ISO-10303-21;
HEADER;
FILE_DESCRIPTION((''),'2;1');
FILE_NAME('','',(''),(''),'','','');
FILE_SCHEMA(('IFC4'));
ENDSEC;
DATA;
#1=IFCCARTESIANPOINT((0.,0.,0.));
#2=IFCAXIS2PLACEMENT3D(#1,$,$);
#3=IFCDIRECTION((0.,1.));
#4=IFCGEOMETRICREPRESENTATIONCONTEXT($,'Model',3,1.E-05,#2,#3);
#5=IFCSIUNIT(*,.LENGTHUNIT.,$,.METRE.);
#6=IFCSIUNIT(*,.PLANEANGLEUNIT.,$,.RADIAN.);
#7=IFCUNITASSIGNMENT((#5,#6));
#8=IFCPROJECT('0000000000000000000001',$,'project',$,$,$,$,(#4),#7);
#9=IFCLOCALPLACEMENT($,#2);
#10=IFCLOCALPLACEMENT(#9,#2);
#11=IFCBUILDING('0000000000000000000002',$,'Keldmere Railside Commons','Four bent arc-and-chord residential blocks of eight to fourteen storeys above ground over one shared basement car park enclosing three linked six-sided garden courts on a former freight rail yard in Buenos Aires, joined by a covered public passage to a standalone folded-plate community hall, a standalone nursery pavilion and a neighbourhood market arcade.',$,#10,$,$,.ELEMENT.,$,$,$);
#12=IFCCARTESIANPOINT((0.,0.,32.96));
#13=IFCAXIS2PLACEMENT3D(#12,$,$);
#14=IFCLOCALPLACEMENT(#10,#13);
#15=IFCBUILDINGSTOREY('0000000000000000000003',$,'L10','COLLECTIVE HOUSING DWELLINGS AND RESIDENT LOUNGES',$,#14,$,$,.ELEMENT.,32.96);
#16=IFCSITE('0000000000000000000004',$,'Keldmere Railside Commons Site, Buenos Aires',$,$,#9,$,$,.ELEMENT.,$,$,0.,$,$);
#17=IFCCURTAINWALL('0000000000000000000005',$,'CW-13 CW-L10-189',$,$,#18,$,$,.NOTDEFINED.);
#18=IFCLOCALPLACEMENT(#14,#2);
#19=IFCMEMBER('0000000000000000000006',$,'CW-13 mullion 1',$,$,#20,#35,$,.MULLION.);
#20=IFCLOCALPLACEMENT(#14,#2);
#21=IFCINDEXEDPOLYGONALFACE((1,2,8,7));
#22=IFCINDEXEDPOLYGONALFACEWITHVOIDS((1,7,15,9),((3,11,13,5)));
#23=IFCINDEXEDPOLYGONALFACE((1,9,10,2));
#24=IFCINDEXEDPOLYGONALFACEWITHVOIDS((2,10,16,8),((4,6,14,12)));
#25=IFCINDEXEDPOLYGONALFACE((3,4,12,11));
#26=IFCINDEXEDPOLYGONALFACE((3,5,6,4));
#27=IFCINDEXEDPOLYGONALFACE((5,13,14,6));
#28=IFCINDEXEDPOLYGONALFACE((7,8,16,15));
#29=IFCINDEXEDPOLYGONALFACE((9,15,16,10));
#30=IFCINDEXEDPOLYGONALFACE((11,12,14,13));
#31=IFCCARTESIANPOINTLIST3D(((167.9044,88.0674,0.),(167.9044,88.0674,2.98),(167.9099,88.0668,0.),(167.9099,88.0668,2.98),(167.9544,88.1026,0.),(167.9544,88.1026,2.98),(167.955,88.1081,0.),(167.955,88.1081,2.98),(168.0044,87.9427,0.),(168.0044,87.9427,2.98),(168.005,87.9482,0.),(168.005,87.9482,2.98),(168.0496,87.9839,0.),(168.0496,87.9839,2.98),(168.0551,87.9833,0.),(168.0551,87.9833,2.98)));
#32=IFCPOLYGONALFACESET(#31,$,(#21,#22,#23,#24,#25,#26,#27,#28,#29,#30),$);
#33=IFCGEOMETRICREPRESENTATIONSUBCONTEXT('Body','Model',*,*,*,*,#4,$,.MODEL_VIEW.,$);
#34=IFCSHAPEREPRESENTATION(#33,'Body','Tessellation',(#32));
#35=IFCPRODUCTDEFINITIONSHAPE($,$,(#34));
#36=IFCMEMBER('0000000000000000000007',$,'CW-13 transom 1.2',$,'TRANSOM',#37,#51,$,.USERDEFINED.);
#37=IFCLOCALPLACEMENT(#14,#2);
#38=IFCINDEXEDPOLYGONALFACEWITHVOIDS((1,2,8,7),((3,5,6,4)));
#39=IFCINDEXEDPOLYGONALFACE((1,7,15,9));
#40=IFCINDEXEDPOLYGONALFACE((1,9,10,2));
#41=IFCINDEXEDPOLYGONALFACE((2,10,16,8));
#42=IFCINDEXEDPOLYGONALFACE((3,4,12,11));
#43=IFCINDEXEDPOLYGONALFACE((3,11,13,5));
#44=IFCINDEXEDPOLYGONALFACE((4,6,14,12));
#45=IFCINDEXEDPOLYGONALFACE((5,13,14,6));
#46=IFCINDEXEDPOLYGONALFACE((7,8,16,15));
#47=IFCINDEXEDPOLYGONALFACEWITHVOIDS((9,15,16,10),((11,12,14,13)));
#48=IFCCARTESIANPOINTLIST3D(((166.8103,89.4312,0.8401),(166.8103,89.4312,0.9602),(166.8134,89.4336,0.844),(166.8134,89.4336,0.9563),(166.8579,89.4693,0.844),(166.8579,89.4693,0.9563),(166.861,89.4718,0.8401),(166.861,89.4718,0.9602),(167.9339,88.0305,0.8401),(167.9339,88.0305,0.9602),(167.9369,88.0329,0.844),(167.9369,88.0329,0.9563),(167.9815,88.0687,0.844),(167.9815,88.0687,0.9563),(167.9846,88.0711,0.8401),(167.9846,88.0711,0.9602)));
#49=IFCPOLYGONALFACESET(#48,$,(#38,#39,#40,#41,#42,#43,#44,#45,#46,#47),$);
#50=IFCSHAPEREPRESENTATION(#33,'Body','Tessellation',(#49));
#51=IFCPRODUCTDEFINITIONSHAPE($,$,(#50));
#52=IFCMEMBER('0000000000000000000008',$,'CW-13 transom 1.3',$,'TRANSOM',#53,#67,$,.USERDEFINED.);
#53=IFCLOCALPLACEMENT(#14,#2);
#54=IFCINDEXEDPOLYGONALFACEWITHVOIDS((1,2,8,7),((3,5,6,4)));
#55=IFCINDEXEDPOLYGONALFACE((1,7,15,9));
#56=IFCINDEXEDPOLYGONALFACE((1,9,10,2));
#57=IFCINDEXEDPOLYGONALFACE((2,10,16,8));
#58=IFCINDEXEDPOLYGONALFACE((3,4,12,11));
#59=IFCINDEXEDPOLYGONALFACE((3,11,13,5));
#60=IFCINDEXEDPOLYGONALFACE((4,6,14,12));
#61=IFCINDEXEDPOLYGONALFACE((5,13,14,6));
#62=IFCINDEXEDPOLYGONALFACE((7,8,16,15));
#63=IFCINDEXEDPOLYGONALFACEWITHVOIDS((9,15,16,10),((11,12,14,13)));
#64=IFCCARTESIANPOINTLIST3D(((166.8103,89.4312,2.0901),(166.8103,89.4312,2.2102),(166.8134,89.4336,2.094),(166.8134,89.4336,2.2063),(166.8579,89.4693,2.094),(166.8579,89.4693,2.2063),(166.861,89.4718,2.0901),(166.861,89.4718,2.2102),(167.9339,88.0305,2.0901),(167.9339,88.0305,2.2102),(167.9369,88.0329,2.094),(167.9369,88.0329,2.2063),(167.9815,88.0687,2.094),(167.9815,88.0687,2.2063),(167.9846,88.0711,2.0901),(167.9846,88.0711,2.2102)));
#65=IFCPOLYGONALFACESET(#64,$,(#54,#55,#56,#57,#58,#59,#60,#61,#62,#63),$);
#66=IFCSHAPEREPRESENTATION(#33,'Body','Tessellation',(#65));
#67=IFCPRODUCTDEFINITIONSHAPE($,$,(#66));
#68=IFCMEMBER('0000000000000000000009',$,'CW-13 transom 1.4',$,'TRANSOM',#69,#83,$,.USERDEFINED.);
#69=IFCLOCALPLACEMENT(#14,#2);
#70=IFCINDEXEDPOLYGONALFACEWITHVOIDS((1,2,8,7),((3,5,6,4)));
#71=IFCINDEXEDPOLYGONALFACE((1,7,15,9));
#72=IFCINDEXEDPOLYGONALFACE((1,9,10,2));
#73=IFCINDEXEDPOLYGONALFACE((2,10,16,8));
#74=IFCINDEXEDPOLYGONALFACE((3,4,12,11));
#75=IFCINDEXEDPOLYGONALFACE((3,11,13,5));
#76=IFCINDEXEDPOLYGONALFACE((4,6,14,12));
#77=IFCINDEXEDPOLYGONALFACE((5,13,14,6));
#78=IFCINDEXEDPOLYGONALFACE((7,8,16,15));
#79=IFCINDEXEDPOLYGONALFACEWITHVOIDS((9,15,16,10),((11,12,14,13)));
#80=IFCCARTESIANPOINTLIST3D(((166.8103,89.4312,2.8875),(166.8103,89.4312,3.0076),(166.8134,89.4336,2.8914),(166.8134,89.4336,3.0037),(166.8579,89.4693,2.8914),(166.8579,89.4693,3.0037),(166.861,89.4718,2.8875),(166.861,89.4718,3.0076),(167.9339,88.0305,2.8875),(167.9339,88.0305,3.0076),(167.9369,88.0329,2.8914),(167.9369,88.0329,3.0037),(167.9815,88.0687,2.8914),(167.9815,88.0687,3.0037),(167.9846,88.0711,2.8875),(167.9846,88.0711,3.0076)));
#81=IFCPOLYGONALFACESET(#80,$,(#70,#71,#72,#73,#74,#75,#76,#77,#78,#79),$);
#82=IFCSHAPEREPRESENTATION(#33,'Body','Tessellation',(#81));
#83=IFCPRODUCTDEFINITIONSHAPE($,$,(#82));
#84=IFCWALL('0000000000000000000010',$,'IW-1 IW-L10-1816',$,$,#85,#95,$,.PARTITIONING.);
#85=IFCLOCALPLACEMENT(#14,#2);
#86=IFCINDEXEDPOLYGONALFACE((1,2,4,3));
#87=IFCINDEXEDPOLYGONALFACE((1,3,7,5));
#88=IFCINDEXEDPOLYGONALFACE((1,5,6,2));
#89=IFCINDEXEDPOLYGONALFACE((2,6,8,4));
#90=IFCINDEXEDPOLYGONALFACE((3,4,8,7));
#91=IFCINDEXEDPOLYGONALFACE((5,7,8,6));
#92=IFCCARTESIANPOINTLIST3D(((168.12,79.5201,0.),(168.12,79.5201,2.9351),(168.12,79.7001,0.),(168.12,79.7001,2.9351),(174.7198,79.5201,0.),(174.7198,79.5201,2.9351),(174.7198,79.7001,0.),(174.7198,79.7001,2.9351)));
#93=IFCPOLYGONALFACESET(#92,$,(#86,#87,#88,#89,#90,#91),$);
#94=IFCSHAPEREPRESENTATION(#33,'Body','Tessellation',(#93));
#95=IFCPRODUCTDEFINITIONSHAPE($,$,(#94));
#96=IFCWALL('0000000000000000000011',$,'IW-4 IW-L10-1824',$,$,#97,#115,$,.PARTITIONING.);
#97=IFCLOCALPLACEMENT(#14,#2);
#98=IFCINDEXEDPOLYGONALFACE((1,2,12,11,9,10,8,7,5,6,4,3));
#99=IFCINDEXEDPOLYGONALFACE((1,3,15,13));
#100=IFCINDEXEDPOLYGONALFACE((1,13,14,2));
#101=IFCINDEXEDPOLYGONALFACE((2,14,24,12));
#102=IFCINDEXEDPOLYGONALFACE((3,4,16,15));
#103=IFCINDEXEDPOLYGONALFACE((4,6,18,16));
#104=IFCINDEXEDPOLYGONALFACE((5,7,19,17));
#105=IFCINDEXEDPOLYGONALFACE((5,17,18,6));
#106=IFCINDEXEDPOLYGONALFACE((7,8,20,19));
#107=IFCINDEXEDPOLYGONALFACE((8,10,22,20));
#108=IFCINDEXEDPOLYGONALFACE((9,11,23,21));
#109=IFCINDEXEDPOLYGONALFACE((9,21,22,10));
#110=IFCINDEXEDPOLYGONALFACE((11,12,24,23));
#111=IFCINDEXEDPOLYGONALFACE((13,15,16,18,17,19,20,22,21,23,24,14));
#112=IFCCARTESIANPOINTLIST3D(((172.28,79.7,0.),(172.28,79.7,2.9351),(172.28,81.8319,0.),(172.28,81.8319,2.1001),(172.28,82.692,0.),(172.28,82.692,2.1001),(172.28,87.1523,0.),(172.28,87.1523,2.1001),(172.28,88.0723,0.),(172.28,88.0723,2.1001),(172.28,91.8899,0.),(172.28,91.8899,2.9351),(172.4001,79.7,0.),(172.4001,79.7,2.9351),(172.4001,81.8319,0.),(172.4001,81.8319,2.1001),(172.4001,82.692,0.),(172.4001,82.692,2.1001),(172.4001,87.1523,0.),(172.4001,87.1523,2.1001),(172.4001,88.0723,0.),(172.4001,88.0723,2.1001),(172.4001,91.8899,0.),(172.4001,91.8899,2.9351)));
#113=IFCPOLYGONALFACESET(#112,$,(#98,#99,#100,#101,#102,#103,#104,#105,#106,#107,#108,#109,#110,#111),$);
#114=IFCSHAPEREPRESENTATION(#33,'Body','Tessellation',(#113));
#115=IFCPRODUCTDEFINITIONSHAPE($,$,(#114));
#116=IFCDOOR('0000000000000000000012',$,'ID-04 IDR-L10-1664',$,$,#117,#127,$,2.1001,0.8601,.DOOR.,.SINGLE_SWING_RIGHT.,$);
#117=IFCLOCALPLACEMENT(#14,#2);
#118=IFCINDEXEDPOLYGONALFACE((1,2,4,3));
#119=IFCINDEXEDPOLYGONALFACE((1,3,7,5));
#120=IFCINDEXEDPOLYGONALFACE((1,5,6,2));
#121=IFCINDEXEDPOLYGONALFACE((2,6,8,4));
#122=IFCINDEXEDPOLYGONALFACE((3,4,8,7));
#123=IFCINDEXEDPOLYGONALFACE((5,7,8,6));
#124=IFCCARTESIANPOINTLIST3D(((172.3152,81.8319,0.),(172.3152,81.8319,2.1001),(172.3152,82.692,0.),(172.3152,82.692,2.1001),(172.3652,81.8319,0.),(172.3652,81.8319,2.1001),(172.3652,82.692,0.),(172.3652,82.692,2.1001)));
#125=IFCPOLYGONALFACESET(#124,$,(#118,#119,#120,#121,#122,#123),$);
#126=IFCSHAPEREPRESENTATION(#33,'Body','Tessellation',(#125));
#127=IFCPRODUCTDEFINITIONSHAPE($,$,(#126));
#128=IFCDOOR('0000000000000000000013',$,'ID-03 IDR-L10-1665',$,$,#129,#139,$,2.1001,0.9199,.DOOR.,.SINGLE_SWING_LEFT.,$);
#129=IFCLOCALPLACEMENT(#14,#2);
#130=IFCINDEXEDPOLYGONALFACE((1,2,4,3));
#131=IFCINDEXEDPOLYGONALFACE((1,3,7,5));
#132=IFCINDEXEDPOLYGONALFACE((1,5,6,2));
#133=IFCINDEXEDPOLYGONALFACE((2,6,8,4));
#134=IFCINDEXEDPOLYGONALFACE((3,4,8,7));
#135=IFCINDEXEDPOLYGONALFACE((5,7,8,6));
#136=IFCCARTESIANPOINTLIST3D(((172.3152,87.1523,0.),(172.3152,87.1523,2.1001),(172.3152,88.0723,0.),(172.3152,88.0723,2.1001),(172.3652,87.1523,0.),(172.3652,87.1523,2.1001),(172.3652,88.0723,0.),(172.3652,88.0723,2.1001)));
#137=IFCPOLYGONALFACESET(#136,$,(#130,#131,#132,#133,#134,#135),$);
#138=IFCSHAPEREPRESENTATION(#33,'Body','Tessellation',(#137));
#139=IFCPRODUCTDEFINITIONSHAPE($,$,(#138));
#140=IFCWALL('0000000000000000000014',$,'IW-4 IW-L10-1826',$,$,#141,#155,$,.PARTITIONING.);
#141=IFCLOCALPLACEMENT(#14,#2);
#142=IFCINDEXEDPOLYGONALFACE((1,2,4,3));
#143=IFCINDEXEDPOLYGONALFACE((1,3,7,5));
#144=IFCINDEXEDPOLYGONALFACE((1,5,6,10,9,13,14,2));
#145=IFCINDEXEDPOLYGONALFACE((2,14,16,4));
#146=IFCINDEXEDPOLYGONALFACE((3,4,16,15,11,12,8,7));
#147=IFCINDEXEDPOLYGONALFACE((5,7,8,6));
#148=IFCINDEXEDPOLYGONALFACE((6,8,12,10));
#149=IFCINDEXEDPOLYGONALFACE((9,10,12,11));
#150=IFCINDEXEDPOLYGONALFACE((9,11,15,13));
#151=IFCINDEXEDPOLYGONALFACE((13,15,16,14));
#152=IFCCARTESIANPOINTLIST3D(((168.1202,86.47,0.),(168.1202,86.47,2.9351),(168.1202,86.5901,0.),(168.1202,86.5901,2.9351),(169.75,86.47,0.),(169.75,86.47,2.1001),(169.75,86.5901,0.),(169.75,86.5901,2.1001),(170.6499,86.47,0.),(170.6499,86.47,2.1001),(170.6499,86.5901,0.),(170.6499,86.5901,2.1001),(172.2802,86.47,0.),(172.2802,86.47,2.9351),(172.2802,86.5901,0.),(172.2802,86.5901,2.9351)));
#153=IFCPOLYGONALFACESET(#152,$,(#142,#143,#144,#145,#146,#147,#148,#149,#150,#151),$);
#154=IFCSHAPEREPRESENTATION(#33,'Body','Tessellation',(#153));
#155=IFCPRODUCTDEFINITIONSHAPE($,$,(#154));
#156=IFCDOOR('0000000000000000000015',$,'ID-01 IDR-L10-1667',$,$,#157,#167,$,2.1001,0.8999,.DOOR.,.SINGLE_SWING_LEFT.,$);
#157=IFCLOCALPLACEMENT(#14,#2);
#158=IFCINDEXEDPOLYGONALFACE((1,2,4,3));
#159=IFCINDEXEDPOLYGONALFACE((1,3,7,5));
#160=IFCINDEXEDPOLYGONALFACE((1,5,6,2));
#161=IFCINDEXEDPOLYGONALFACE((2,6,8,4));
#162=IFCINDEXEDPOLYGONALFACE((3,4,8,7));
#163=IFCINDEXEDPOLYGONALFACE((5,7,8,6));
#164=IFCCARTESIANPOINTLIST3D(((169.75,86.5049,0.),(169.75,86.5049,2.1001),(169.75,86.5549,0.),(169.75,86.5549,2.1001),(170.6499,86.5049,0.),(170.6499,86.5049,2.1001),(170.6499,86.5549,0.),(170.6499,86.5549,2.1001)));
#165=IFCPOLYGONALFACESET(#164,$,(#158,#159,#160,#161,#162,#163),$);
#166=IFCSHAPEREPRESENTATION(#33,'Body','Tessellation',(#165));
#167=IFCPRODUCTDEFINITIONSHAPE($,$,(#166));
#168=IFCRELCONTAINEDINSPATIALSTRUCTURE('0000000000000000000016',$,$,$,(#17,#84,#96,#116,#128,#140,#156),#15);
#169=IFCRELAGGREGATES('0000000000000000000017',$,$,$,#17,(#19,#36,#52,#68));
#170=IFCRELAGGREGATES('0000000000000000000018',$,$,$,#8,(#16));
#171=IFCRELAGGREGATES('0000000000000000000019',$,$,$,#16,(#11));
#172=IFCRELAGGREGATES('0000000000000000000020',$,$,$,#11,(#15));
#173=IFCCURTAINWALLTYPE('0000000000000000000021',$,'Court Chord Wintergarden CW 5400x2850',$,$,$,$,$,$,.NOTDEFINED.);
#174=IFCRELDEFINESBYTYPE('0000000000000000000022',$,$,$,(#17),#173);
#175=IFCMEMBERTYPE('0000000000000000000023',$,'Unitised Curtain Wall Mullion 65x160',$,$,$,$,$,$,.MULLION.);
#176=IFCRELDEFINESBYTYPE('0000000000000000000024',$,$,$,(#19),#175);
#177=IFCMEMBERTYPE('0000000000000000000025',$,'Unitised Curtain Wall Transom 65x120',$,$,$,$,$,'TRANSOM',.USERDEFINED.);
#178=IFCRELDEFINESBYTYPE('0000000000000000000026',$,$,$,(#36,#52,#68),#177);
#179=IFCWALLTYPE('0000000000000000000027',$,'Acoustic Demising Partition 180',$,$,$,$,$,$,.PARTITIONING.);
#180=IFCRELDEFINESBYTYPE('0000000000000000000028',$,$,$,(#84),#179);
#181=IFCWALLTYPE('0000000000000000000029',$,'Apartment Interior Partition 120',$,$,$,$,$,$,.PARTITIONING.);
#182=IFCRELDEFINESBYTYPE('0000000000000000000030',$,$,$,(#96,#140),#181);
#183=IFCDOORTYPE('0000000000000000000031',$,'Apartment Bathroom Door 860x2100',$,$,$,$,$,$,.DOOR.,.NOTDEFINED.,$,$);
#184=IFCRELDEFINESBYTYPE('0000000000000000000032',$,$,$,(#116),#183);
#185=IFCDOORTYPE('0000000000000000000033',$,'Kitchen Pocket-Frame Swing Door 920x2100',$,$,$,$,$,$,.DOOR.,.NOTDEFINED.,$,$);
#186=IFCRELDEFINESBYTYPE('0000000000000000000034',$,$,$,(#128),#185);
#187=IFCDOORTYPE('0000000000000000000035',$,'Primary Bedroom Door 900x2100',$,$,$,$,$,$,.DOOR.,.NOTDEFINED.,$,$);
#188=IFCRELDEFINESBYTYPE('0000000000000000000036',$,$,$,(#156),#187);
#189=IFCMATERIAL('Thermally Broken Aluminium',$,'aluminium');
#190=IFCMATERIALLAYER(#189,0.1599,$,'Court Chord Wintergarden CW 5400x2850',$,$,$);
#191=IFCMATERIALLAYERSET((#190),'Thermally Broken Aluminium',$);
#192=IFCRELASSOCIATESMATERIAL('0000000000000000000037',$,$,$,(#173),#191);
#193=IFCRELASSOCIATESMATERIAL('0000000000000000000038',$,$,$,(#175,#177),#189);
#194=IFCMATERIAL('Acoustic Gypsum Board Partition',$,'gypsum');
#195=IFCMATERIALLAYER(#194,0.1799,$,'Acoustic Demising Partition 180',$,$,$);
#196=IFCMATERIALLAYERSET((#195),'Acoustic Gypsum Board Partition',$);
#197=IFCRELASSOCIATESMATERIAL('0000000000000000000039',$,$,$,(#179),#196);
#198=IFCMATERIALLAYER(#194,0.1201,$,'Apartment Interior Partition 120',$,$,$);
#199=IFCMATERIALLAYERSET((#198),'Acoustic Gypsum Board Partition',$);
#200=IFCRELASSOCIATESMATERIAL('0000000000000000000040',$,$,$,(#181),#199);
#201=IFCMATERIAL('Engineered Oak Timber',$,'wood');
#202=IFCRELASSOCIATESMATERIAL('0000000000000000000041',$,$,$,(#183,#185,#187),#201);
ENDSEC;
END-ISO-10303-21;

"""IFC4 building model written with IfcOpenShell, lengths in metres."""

from ifc_helpers import new_model, si_unit, direction, frame, frame_2d, origin, origin_2d, place, context, subcontext, project, spatial, rectangle, hollow_rectangle, extrude, material, layer, layer_set, material_profile, profile_set, type_object, element, fill, aggregate, save


model = new_model("IFC4")

# Units and contexts
model_context = context("Model", 3, precision=1e-05, world=origin(), true_north=direction((0.0, 1.0)))
body_context = subcontext(model_context, "Body", "Model", "MODEL_VIEW")
ifc_project = project(units=[si_unit("LENGTHUNIT", "METRE"), si_unit("PLANEANGLEUNIT", "RADIAN")], contexts=[model_context])

# Site, building, storey
site_placement = place(None, origin())
site = spatial("IfcSite", under=ifc_project, at=site_placement, Name="Keldmere Railside Commons Site, Buenos Aires", CompositionType="ELEMENT", RefElevation=0.0)
building_placement = place(site_placement, origin())
building = spatial("IfcBuilding", under=site, at=building_placement, Name="Keldmere Railside Commons", Description="Four bent arc-and-chord residential blocks of eight to fourteen storeys above ground over one shared basement car park enclosing three linked six-sided garden courts on a former freight rail yard in Buenos Aires, joined by a covered public passage to a standalone folded-plate community hall, a standalone nursery pavilion and a neighbourhood market arcade.", CompositionType="ELEMENT")
storey_placement = place(building_placement, frame((0.0, 0.0, 32.96)))
storey = spatial("IfcBuildingStorey", under=building, at=storey_placement, Name="L10", Description="COLLECTIVE HOUSING DWELLINGS AND RESIDENT LOUNGES", CompositionType="ELEMENT", Elevation=32.96)

# Curtain wall, members
ifc_material_1 = material(Name="Thermally Broken Aluminium", Category="aluminium")
ifc_layer_1 = layer(ifc_material_1, 0.1599, Name="Court Chord Wintergarden CW 5400x2850")
ifc_layer_set_1 = layer_set([ifc_layer_1], Name="Thermally Broken Aluminium")
curtain_wall_type = type_object("IfcCurtainWallType", Name="Court Chord Wintergarden CW 5400x2850", PredefinedType="NOTDEFINED", material=ifc_layer_set_1)
curtain_wall_placement = place(storey_placement, origin())
curtain_wall = element("IfcCurtainWall", 1, at=curtain_wall_placement, inside=storey, type_object=curtain_wall_type, Name="CW-13 CW-L10-189", PredefinedType="NOTDEFINED")
ifc_material_profile_1 = material_profile(ifc_material_1, hollow_rectangle(XDim=0.0649, YDim=0.1599, WallThickness=0.0039, at=origin_2d()), Name="ALU-MULL-65x160")
ifc_profile_set_1 = profile_set([ifc_material_profile_1], Name="Thermally Broken Aluminium")
member_type_1 = type_object("IfcMemberType", Name="Unitised Curtain Wall Mullion 65x160", PredefinedType="MULLION", material=ifc_profile_set_1)
member_1_placement = place(storey_placement, frame((167.9797, 88.0254, 0.0), z_axis=(0.0, 0.0, 1.0), x_axis=(-0.780009, -0.625768, 0.0)))
member_1 = element("IfcMember", 2, at=member_1_placement, type_object=member_type_1, Name="CW-13 mullion 1", PredefinedType="MULLION", context=body_context, shape_type="SweptSolid", body=[
    extrude(hollow_rectangle(XDim=0.0649, YDim=0.1599, WallThickness=0.0039, at=origin_2d()), origin(), (0.0, 0.0, 1.0), 2.98),
])
ifc_material_profile_2 = material_profile(ifc_material_1, hollow_rectangle(XDim=0.0649, YDim=0.1201, WallThickness=0.0039, at=origin_2d()), Name="ALU-TRAN-65x120")
ifc_profile_set_2 = profile_set([ifc_material_profile_2], Name="Thermally Broken Aluminium")
member_type_2 = type_object("IfcMemberType", Name="Unitised Curtain Wall Transom 65x120", ElementType="TRANSOM", PredefinedType="USERDEFINED", material=ifc_profile_set_2)
member_2_placement = place(storey_placement, frame((167.9592, 88.0508, 0.9001), z_axis=(-0.625723, 0.780046, 0.0), x_axis=(-0.780046, -0.625723, 0.0)))
member_2 = element("IfcMember", 3, at=member_2_placement, type_object=member_type_2, Name="CW-13 transom 1.2", ObjectType="TRANSOM", PredefinedType="USERDEFINED", context=body_context, shape_type="SweptSolid", body=[
    extrude(hollow_rectangle(XDim=0.0649, YDim=0.1201, WallThickness=0.0039, at=origin_2d()), origin(), (0.0, 0.0, 1.0), 1.7957),
])
member_3_placement = place(storey_placement, frame((167.9592, 88.0508, 2.1501), z_axis=(-0.625723, 0.780046, 0.0), x_axis=(-0.780046, -0.625723, 0.0)))
member_3 = element("IfcMember", 4, at=member_3_placement, type_object=member_type_2, Name="CW-13 transom 1.3", ObjectType="TRANSOM", PredefinedType="USERDEFINED", context=body_context, shape_type="SweptSolid", body=[
    extrude(hollow_rectangle(XDim=0.0649, YDim=0.1201, WallThickness=0.0039, at=origin_2d()), origin(), (0.0, 0.0, 1.0), 1.7957),
])
member_4_placement = place(storey_placement, frame((167.9592, 88.0508, 2.9475), z_axis=(-0.625723, 0.780046, 0.0), x_axis=(-0.780046, -0.625723, 0.0)))
member_4 = element("IfcMember", 5, at=member_4_placement, type_object=member_type_2, Name="CW-13 transom 1.4", ObjectType="TRANSOM", PredefinedType="USERDEFINED", context=body_context, shape_type="SweptSolid", body=[
    extrude(hollow_rectangle(XDim=0.0649, YDim=0.1201, WallThickness=0.0039, at=origin_2d()), origin(), (0.0, 0.0, 1.0), 1.7957),
])
aggregate(curtain_wall, [member_1, member_2, member_3, member_4])

# Wall
ifc_material_2 = material(Name="Acoustic Gypsum Board Partition", Category="gypsum")
ifc_layer_2 = layer(ifc_material_2, 0.1799, Name="Acoustic Demising Partition 180")
ifc_layer_set_2 = layer_set([ifc_layer_2], Name="Acoustic Gypsum Board Partition")
wall_type_1 = type_object("IfcWallType", Name="Acoustic Demising Partition 180", PredefinedType="PARTITIONING", material=ifc_layer_set_2)
wall_1_placement = place(storey_placement, frame((168.1201, 79.6101, 0.0), z_axis=(0.0, 0.0, 1.0), x_axis=(1.0, 0.0, 0.0)))
element("IfcWall", 6, at=wall_1_placement, inside=storey, type_object=wall_type_1, Name="IW-1 IW-L10-1816", PredefinedType="PARTITIONING", context=body_context, shape_type="SweptSolid", body=[
    extrude(rectangle(XDim=6.5999, YDim=0.1799, at=frame_2d((3.2998, 0.0))), origin(), (0.0, 0.0, 1.0), 2.9351),
])

# Wall, openings, doors
ifc_layer_3 = layer(ifc_material_2, 0.1201, Name="Apartment Interior Partition 120")
ifc_layer_set_3 = layer_set([ifc_layer_3], Name="Acoustic Gypsum Board Partition")
wall_type_2 = type_object("IfcWallType", Name="Apartment Interior Partition 120", PredefinedType="PARTITIONING", material=ifc_layer_set_3)
wall_2_placement = place(storey_placement, frame((172.3401, 79.7, 0.0), z_axis=(0.0, 0.0, 1.0), x_axis=(0.0, 1.0, 0.0)))
wall_2 = element("IfcWall", 7, at=wall_2_placement, inside=storey, type_object=wall_type_2, Name="IW-4 IW-L10-1824", PredefinedType="PARTITIONING", context=body_context, shape_type="SweptSolid", body=[
    extrude(rectangle(XDim=12.1899, YDim=0.1201, at=frame_2d((6.095, 0.0))), origin(), (0.0, 0.0, 1.0), 2.9351),
])
opening_1_placement = place(wall_2_placement, frame((2.1318, 0.0, 0.0)))
opening_1 = element("IfcOpeningElement", 8, at=opening_1_placement, cuts=wall_2, PredefinedType="OPENING", context=body_context, shape_type="SweptSolid", body=[
    extrude(rectangle(XDim=0.8601, YDim=2.1001, at=frame_2d((0.4302, 1.05))), frame((0.0, 0.0701, 0.0), z_axis=(0.0, -1.0, 0.0), x_axis=(1.0, 0.0, 0.0)), (0.0, 0.0, 1.0), 0.1401),
])
opening_2_placement = place(wall_2_placement, frame((7.4524, 0.0, 0.0)))
opening_2 = element("IfcOpeningElement", 9, at=opening_2_placement, cuts=wall_2, PredefinedType="OPENING", context=body_context, shape_type="SweptSolid", body=[
    extrude(rectangle(XDim=0.9199, YDim=2.1001, at=frame_2d((0.46, 1.05))), frame((0.0, 0.0701, 0.0), z_axis=(0.0, -1.0, 0.0), x_axis=(1.0, 0.0, 0.0)), (0.0, 0.0, 1.0), 0.1401),
])
ifc_material_3 = material(Name="Engineered Oak Timber", Category="wood")
door_type_1 = type_object("IfcDoorType", Name="Apartment Bathroom Door 860x2100", OperationType="NOTDEFINED", PredefinedType="DOOR", material=ifc_material_3)
door_1_placement = place(opening_1_placement, origin())
door_1 = element("IfcDoor", 10, at=door_1_placement, inside=storey, type_object=door_type_1, Name="ID-04 IDR-L10-1664", OperationType="SINGLE_SWING_RIGHT", OverallHeight=2.1001, OverallWidth=0.8601, PredefinedType="DOOR", context=body_context, shape_type="SweptSolid", body=[
    extrude(rectangle(XDim=0.8601, YDim=2.1001, at=frame_2d((0.4302, 1.05))), frame((0.0, 0.0249, 0.0), z_axis=(0.0, -1.0, 0.0), x_axis=(1.0, 0.0, 0.0)), (0.0, 0.0, 1.0), 0.05),
])
fill(opening_1, door_1)
door_type_2 = type_object("IfcDoorType", Name="Kitchen Pocket-Frame Swing Door 920x2100", OperationType="NOTDEFINED", PredefinedType="DOOR", material=ifc_material_3)
door_2_placement = place(opening_2_placement, origin())
door_2 = element("IfcDoor", 11, at=door_2_placement, inside=storey, type_object=door_type_2, Name="ID-03 IDR-L10-1665", OperationType="SINGLE_SWING_LEFT", OverallHeight=2.1001, OverallWidth=0.9199, PredefinedType="DOOR", context=body_context, shape_type="SweptSolid", body=[
    extrude(rectangle(XDim=0.9199, YDim=2.1001, at=frame_2d((0.46, 1.05))), frame((0.0, 0.0249, 0.0), z_axis=(0.0, -1.0, 0.0), x_axis=(1.0, 0.0, 0.0)), (0.0, 0.0, 1.0), 0.05),
])
fill(opening_2, door_2)

# Wall, opening, door
wall_3_placement = place(storey_placement, frame((168.1201, 86.53, 0.0), z_axis=(0.0, 0.0, 1.0), x_axis=(1.0, 0.0, 0.0)))
wall_3 = element("IfcWall", 12, at=wall_3_placement, inside=storey, type_object=wall_type_2, Name="IW-4 IW-L10-1826", PredefinedType="PARTITIONING", context=body_context, shape_type="SweptSolid", body=[
    extrude(rectangle(XDim=4.1599, YDim=0.1201, at=frame_2d((2.0801, 0.0))), origin(), (0.0, 0.0, 1.0), 2.9351),
])
opening_3_placement = place(wall_3_placement, frame((1.6299, 0.0, 0.0)))
opening_3 = element("IfcOpeningElement", 13, at=opening_3_placement, cuts=wall_3, PredefinedType="OPENING", context=body_context, shape_type="SweptSolid", body=[
    extrude(rectangle(XDim=0.8999, YDim=2.1001, at=frame_2d((0.45, 1.05))), frame((0.0, 0.0701, 0.0), z_axis=(0.0, -1.0, 0.0), x_axis=(1.0, 0.0, 0.0)), (0.0, 0.0, 1.0), 0.1401),
])
door_type_3 = type_object("IfcDoorType", Name="Primary Bedroom Door 900x2100", OperationType="NOTDEFINED", PredefinedType="DOOR", material=ifc_material_3)
door_3_placement = place(opening_3_placement, origin())
door_3 = element("IfcDoor", 14, at=door_3_placement, inside=storey, type_object=door_type_3, Name="ID-01 IDR-L10-1667", OperationType="SINGLE_SWING_LEFT", OverallHeight=2.1001, OverallWidth=0.8999, PredefinedType="DOOR", context=body_context, shape_type="SweptSolid", body=[
    extrude(rectangle(XDim=0.8999, YDim=2.1001, at=frame_2d((0.45, 1.05))), frame((0.0, 0.0249, 0.0), z_axis=(0.0, -1.0, 0.0), x_axis=(1.0, 0.0, 0.0)), (0.0, 0.0, 1.0), 0.05),
])
fill(opening_3, door_3)

save(model, "model.ifc")
